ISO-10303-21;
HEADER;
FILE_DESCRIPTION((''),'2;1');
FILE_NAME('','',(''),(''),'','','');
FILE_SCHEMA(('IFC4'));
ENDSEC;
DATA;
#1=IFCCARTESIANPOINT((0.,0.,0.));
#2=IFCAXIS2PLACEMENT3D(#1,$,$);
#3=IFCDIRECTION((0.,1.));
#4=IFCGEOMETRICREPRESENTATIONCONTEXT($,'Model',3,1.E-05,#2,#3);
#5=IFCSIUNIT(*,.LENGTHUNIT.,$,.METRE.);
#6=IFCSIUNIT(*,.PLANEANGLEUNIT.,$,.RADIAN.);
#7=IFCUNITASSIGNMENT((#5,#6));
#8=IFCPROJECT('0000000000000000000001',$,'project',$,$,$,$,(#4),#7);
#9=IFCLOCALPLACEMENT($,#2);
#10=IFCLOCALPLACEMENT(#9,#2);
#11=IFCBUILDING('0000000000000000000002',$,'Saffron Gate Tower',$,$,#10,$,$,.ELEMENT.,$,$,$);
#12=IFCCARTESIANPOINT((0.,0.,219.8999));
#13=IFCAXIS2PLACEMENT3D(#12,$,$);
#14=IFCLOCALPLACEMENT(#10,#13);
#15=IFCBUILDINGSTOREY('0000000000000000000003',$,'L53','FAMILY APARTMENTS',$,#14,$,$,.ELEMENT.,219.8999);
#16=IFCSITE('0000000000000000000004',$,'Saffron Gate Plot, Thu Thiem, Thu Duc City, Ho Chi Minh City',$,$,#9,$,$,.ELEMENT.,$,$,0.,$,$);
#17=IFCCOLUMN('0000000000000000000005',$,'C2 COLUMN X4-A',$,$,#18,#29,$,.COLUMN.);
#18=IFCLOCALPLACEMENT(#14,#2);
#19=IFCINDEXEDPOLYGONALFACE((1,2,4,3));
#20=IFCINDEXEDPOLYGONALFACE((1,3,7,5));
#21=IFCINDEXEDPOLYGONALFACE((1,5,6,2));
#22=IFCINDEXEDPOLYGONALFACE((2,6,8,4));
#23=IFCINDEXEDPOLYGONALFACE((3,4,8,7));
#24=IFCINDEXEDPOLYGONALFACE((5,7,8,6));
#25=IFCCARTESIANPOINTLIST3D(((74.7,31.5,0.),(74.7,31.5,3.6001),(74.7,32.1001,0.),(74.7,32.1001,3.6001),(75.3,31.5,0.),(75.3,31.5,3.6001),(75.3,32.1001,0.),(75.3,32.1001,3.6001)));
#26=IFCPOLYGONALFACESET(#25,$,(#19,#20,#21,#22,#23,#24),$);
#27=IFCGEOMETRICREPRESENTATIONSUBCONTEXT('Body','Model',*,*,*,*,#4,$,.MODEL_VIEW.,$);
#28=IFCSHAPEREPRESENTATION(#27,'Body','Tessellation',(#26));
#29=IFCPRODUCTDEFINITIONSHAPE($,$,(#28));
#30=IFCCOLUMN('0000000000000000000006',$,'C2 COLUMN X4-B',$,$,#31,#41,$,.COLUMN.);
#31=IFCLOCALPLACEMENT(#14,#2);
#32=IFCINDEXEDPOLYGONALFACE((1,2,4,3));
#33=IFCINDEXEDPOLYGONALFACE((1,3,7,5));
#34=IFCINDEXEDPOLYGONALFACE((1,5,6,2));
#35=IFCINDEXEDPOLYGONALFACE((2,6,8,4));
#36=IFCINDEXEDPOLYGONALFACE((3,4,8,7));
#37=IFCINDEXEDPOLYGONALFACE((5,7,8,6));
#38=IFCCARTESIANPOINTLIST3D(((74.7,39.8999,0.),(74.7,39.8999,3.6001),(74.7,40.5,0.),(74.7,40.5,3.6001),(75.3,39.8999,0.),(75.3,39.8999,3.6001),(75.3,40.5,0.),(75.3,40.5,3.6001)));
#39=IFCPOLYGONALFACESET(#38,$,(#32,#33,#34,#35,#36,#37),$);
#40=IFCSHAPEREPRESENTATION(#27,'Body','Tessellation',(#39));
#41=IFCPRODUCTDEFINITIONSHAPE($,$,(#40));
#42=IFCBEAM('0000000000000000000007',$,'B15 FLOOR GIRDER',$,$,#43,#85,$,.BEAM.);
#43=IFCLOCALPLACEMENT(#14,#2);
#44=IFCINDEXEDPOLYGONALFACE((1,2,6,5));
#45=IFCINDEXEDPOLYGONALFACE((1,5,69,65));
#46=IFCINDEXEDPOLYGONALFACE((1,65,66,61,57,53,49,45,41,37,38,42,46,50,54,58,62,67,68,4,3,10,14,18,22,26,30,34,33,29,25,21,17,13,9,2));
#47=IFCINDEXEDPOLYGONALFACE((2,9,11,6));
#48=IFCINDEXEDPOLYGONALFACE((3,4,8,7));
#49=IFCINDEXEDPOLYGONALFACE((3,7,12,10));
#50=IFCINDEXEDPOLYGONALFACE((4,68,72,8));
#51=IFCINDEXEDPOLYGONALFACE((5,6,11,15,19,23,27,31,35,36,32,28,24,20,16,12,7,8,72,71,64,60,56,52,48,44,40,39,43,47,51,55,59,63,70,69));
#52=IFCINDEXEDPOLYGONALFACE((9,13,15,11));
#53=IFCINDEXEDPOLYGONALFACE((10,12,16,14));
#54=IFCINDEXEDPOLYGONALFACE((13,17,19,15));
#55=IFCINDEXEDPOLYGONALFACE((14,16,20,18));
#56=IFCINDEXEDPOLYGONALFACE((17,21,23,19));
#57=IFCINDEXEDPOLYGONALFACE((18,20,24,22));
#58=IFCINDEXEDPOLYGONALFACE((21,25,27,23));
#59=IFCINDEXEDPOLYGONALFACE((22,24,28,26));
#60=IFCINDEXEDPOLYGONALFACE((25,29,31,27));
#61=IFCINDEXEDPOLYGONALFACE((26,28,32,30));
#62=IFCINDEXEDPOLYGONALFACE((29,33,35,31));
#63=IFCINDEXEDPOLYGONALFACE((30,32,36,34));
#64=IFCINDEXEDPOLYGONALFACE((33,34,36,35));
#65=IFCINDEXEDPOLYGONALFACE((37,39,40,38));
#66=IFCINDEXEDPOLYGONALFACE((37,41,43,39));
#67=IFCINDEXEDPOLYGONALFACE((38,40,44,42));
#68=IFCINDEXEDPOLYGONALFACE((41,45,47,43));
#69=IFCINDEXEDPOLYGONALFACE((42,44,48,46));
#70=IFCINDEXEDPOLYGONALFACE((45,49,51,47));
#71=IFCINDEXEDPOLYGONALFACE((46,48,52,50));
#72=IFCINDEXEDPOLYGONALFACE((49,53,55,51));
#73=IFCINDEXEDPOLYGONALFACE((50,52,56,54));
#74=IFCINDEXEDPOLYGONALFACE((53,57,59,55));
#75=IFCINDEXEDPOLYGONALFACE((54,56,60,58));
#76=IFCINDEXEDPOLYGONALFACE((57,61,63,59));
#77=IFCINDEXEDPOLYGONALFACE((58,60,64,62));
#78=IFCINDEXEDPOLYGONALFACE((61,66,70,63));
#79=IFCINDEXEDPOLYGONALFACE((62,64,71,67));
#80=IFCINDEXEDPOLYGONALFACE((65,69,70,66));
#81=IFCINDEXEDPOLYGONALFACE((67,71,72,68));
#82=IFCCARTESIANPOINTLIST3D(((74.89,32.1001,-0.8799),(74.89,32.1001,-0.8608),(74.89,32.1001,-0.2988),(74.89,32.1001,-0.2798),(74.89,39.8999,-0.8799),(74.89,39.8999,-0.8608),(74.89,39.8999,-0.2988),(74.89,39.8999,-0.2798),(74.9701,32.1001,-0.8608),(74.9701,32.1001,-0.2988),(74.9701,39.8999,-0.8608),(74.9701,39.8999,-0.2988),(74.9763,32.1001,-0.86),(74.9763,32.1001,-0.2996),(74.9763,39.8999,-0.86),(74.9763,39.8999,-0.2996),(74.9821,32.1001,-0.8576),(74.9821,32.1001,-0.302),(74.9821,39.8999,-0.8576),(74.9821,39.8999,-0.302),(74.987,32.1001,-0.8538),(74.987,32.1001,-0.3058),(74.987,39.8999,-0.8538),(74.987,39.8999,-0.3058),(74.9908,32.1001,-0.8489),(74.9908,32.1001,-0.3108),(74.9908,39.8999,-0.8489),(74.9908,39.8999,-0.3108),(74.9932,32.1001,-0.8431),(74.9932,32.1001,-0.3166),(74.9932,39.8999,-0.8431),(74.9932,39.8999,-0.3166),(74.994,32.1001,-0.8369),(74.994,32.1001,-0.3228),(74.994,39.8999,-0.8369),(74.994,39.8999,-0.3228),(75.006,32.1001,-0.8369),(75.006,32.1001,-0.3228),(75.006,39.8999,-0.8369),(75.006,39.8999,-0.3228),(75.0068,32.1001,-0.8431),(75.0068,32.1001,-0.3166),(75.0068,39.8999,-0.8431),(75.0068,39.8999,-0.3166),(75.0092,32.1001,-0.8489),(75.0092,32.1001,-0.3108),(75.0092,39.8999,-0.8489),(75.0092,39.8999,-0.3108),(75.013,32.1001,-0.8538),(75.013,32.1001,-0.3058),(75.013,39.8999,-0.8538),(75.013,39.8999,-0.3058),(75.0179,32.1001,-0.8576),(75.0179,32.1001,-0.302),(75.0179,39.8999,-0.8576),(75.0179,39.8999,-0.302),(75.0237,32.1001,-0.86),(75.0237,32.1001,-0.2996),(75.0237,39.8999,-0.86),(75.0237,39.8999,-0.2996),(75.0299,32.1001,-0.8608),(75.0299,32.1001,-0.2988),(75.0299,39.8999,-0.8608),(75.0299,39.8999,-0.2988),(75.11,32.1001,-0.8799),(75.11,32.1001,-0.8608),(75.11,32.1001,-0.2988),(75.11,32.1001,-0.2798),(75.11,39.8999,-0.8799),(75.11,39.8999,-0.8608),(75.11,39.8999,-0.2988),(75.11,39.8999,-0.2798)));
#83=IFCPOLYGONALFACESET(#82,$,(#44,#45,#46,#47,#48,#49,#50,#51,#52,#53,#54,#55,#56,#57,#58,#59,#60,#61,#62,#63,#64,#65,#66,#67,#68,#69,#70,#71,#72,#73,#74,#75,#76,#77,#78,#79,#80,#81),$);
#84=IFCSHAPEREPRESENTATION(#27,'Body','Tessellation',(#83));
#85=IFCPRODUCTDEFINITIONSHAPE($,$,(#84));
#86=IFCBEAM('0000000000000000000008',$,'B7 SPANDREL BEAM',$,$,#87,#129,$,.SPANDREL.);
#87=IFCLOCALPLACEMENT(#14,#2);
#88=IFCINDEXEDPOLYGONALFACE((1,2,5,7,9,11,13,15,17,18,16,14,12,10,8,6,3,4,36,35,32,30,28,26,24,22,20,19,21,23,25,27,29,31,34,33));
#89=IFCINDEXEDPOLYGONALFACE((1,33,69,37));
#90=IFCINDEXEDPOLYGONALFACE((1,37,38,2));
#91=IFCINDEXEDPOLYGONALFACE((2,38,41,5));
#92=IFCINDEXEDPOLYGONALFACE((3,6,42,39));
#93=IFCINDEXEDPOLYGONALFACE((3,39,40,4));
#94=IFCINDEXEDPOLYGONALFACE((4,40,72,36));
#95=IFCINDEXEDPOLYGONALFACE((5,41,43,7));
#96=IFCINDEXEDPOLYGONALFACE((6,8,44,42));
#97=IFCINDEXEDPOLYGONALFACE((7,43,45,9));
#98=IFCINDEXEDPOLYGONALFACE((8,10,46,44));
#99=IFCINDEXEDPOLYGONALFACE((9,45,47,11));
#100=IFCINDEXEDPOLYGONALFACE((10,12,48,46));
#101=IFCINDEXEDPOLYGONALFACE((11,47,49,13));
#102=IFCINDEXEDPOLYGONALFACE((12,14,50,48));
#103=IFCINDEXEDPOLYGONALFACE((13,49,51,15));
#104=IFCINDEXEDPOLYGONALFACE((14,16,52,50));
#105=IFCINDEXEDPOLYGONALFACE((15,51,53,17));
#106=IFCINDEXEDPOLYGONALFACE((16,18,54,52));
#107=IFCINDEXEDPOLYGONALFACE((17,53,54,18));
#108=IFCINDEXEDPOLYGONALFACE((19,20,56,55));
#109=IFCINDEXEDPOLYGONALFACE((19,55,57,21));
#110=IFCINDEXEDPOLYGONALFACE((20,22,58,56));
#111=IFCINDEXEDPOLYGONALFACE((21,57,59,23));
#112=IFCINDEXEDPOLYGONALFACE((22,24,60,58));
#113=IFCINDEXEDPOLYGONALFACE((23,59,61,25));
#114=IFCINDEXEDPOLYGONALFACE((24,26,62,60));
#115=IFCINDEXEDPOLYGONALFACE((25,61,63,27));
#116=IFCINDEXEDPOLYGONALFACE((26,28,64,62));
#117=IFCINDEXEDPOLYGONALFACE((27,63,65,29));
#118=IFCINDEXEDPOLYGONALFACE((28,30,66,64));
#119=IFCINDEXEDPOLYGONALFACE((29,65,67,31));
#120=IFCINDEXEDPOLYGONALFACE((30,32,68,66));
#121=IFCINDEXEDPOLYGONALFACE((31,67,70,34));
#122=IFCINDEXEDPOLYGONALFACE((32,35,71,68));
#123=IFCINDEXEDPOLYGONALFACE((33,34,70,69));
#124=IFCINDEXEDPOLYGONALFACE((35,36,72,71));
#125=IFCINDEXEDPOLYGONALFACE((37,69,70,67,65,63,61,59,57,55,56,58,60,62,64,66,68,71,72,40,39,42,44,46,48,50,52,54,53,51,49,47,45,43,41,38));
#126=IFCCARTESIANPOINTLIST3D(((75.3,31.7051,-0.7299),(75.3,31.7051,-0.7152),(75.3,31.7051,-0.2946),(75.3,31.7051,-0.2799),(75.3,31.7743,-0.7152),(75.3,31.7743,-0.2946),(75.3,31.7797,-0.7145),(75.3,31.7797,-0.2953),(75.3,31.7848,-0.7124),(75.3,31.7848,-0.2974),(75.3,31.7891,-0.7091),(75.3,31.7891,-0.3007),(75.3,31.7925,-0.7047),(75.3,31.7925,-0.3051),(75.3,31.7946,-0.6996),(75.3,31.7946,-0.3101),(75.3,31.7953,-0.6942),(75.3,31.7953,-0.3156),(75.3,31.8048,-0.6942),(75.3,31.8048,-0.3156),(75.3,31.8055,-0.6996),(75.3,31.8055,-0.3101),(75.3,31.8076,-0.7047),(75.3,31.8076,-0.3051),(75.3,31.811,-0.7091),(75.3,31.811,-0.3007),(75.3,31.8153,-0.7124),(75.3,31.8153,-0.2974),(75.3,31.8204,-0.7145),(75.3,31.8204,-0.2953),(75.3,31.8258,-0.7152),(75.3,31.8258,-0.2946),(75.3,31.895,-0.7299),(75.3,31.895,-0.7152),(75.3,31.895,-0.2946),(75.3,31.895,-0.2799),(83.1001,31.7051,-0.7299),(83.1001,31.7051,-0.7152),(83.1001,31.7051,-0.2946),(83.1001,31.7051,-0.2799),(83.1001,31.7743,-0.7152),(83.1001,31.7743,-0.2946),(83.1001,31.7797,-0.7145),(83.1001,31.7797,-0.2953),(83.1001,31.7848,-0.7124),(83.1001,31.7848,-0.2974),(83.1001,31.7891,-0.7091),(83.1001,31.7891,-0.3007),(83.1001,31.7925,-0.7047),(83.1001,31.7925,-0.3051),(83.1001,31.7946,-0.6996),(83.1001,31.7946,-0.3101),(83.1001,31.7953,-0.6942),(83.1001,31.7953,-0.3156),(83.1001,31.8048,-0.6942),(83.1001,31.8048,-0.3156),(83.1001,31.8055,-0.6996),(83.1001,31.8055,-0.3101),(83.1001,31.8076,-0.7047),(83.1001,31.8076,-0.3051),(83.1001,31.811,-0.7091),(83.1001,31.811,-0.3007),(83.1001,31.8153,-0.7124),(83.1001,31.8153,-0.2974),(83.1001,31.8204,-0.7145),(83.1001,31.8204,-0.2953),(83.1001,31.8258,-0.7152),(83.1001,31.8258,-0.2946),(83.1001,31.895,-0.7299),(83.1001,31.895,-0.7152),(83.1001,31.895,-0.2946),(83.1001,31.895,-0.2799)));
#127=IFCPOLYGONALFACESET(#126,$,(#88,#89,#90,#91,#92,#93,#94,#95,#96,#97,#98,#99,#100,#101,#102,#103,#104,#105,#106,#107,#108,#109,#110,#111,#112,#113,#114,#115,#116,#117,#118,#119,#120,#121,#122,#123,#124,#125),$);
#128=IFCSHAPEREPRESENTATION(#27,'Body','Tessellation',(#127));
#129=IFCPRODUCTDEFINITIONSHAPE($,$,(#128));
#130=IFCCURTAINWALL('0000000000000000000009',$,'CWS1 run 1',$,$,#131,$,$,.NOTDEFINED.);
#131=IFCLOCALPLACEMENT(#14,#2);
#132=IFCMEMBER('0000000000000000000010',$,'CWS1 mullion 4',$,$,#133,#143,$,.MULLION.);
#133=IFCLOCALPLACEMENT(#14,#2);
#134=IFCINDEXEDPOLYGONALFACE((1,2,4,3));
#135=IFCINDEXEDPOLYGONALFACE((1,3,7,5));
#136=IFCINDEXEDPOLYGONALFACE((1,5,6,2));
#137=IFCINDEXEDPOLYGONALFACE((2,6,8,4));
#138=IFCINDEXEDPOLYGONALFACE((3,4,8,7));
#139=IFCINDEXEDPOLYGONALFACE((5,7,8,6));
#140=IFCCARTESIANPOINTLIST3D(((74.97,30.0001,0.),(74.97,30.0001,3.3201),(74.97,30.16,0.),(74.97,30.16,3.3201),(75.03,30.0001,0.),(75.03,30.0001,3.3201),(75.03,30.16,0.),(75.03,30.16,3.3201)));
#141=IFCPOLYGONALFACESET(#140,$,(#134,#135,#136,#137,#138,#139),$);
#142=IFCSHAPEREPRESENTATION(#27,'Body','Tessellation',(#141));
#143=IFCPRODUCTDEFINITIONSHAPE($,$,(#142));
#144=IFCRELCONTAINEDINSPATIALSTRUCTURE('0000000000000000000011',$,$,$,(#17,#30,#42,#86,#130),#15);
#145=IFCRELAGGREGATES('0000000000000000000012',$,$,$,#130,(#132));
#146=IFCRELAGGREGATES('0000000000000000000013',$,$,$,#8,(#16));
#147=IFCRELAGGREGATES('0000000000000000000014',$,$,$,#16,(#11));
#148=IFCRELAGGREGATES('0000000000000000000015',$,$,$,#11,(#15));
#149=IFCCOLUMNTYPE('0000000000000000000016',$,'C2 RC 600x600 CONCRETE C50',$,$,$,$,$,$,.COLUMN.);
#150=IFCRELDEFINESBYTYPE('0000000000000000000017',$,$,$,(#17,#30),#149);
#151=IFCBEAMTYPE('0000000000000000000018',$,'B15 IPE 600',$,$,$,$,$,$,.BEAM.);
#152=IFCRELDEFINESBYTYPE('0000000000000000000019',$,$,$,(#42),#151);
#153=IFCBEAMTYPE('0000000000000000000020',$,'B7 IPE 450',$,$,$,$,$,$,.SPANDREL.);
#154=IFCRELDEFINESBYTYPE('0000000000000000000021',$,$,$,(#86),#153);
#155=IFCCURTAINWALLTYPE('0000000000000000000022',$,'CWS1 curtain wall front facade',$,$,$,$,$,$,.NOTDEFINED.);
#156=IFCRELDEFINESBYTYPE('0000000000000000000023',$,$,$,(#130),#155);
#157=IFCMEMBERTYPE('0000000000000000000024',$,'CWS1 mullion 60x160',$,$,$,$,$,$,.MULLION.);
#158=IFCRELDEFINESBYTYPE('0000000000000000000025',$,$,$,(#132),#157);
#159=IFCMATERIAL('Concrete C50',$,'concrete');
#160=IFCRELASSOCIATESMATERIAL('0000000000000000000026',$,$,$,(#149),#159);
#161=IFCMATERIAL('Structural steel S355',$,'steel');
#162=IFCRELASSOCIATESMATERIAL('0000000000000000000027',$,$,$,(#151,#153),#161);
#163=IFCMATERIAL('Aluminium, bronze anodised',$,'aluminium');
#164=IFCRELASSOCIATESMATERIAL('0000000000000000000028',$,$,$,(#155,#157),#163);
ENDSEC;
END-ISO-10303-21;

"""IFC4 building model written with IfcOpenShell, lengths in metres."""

from ifc_helpers import new_model, si_unit, direction, frame, origin, origin_2d, place, context, subcontext, project, spatial, rectangle, i_section, extrude, material, material_profile, profile_set, type_object, element, aggregate, save


model = new_model("IFC4")

# Units and contexts
model_context = context("Model", 3, precision=1e-05, world=origin(), true_north=direction((0.0, 1.0)))
body_context = subcontext(model_context, "Body", "Model", "MODEL_VIEW")
ifc_project = project(units=[si_unit("LENGTHUNIT", "METRE"), si_unit("PLANEANGLEUNIT", "RADIAN")], contexts=[model_context])

# Site, building, storey
site_placement = place(None, origin())
site = spatial("IfcSite", under=ifc_project, at=site_placement, Name="Saffron Gate Plot, Thu Thiem, Thu Duc City, Ho Chi Minh City", CompositionType="ELEMENT", RefElevation=0.0)
building_placement = place(site_placement, origin())
building = spatial("IfcBuilding", under=site, at=building_placement, Name="Saffron Gate Tower", CompositionType="ELEMENT")
storey_placement = place(building_placement, frame((0.0, 0.0, 219.8999)))
storey = spatial("IfcBuildingStorey", under=building, at=storey_placement, Name="L53", Description="FAMILY APARTMENTS", CompositionType="ELEMENT", Elevation=219.8999)

# Columns
ifc_material_1 = material(Name="Concrete C50", Category="concrete")
ifc_material_profile_1 = material_profile(ifc_material_1, rectangle(XDim=0.6001, YDim=0.6001, at=origin_2d()))
ifc_profile_set_1 = profile_set([ifc_material_profile_1], Name="Concrete C50")
column_type = type_object("IfcColumnType", Name="C2 RC 600x600 CONCRETE C50", PredefinedType="COLUMN", material=ifc_profile_set_1)
for number, where, z_axis, x_axis, name in (
    (1, (75.0, 31.8, 0.0), (0.0, 0.0, 1.0), (1.0, 0.0, 0.0), "C2 COLUMN X4-A"),
    (2, (75.0, 40.2, 0.0), (0.0, 0.0, 1.0), (1.0, 0.0, 0.0), "C2 COLUMN X4-B"),
):
    element("IfcColumn", number, at=place(storey_placement, frame(where, z_axis=z_axis, x_axis=x_axis)), inside=storey, type_object=column_type, Name=name, PredefinedType="COLUMN", context=body_context, shape_type="SweptSolid", body=[
        extrude(rectangle(XDim=0.6001, YDim=0.6001, at=origin_2d()), origin(), (0.0, 0.0, 1.0), 3.6001),
    ])

# Beams
ifc_material_2 = material(Name="Structural steel S355", Category="steel")
ifc_material_profile_2 = material_profile(ifc_material_2, i_section(OverallWidth=0.22, OverallDepth=0.6001, WebThickness=0.012, FlangeThickness=0.019, FilletRadius=0.0239, at=origin_2d()))
ifc_profile_set_2 = profile_set([ifc_material_profile_2], Name="Structural steel S355")
beam_type_1 = type_object("IfcBeamType", Name="B15 IPE 600", PredefinedType="BEAM", material=ifc_profile_set_2)
beam_1_placement = place(storey_placement, frame((75.0, 32.1001, -0.5798), z_axis=(0.0, 1.0, 0.0), x_axis=(-1.0, 0.0, 0.0)))
element("IfcBeam", 3, at=beam_1_placement, inside=storey, type_object=beam_type_1, Name="B15 FLOOR GIRDER", PredefinedType="BEAM", context=body_context, shape_type="SweptSolid", body=[
    extrude(i_section(OverallWidth=0.22, OverallDepth=0.6001, WebThickness=0.012, FlangeThickness=0.019, FilletRadius=0.0239, at=origin_2d()), origin(), (0.0, 0.0, 1.0), 7.7998),
])
ifc_material_profile_3 = material_profile(ifc_material_2, i_section(OverallWidth=0.1899, OverallDepth=0.45, WebThickness=0.0095, FlangeThickness=0.0146, FilletRadius=0.021, at=origin_2d()))
ifc_profile_set_3 = profile_set([ifc_material_profile_3], Name="Structural steel S355")
beam_type_2 = type_object("IfcBeamType", Name="B7 IPE 450", PredefinedType="SPANDREL", material=ifc_profile_set_3)
beam_2_placement = place(storey_placement, frame((75.3, 31.8, -0.5049), z_axis=(1.0, 0.0, 0.0), x_axis=(0.0, 1.0, 0.0)))
element("IfcBeam", 4, at=beam_2_placement, inside=storey, type_object=beam_type_2, Name="B7 SPANDREL BEAM", PredefinedType="SPANDREL", context=body_context, shape_type="SweptSolid", body=[
    extrude(i_section(OverallWidth=0.1899, OverallDepth=0.45, WebThickness=0.0095, FlangeThickness=0.0146, FilletRadius=0.021, at=origin_2d()), origin(), (0.0, 0.0, 1.0), 7.8),
])

# Curtain wall, member
ifc_material_3 = material(Name="Aluminium, bronze anodised", Category="aluminium")
curtain_wall_type = type_object("IfcCurtainWallType", Name="CWS1 curtain wall front facade", PredefinedType="NOTDEFINED", material=ifc_material_3)
curtain_wall_placement = place(storey_placement, origin())
curtain_wall = element("IfcCurtainWall", 5, at=curtain_wall_placement, inside=storey, type_object=curtain_wall_type, Name="CWS1 run 1", PredefinedType="NOTDEFINED")
ifc_material_profile_4 = material_profile(ifc_material_3, rectangle(XDim=0.1599, YDim=0.0601, at=origin_2d()))
ifc_profile_set_4 = profile_set([ifc_material_profile_4], Name="Aluminium, bronze anodised")
member_type = type_object("IfcMemberType", Name="CWS1 mullion 60x160", PredefinedType="MULLION", material=ifc_profile_set_4)
member_placement = place(storey_placement, frame((75.0, 30.0801, 0.0), z_axis=(0.0, 0.0, 1.0), x_axis=(0.0, 1.0, 0.0)))
member = element("IfcMember", 6, at=member_placement, type_object=member_type, Name="CWS1 mullion 4", PredefinedType="MULLION", context=body_context, shape_type="SweptSolid", body=[
    extrude(rectangle(XDim=0.1599, YDim=0.0601, at=origin_2d()), origin(), (0.0, 0.0, 1.0), 3.3201),
])
aggregate(curtain_wall, [member])

save(model, "model.ifc")
